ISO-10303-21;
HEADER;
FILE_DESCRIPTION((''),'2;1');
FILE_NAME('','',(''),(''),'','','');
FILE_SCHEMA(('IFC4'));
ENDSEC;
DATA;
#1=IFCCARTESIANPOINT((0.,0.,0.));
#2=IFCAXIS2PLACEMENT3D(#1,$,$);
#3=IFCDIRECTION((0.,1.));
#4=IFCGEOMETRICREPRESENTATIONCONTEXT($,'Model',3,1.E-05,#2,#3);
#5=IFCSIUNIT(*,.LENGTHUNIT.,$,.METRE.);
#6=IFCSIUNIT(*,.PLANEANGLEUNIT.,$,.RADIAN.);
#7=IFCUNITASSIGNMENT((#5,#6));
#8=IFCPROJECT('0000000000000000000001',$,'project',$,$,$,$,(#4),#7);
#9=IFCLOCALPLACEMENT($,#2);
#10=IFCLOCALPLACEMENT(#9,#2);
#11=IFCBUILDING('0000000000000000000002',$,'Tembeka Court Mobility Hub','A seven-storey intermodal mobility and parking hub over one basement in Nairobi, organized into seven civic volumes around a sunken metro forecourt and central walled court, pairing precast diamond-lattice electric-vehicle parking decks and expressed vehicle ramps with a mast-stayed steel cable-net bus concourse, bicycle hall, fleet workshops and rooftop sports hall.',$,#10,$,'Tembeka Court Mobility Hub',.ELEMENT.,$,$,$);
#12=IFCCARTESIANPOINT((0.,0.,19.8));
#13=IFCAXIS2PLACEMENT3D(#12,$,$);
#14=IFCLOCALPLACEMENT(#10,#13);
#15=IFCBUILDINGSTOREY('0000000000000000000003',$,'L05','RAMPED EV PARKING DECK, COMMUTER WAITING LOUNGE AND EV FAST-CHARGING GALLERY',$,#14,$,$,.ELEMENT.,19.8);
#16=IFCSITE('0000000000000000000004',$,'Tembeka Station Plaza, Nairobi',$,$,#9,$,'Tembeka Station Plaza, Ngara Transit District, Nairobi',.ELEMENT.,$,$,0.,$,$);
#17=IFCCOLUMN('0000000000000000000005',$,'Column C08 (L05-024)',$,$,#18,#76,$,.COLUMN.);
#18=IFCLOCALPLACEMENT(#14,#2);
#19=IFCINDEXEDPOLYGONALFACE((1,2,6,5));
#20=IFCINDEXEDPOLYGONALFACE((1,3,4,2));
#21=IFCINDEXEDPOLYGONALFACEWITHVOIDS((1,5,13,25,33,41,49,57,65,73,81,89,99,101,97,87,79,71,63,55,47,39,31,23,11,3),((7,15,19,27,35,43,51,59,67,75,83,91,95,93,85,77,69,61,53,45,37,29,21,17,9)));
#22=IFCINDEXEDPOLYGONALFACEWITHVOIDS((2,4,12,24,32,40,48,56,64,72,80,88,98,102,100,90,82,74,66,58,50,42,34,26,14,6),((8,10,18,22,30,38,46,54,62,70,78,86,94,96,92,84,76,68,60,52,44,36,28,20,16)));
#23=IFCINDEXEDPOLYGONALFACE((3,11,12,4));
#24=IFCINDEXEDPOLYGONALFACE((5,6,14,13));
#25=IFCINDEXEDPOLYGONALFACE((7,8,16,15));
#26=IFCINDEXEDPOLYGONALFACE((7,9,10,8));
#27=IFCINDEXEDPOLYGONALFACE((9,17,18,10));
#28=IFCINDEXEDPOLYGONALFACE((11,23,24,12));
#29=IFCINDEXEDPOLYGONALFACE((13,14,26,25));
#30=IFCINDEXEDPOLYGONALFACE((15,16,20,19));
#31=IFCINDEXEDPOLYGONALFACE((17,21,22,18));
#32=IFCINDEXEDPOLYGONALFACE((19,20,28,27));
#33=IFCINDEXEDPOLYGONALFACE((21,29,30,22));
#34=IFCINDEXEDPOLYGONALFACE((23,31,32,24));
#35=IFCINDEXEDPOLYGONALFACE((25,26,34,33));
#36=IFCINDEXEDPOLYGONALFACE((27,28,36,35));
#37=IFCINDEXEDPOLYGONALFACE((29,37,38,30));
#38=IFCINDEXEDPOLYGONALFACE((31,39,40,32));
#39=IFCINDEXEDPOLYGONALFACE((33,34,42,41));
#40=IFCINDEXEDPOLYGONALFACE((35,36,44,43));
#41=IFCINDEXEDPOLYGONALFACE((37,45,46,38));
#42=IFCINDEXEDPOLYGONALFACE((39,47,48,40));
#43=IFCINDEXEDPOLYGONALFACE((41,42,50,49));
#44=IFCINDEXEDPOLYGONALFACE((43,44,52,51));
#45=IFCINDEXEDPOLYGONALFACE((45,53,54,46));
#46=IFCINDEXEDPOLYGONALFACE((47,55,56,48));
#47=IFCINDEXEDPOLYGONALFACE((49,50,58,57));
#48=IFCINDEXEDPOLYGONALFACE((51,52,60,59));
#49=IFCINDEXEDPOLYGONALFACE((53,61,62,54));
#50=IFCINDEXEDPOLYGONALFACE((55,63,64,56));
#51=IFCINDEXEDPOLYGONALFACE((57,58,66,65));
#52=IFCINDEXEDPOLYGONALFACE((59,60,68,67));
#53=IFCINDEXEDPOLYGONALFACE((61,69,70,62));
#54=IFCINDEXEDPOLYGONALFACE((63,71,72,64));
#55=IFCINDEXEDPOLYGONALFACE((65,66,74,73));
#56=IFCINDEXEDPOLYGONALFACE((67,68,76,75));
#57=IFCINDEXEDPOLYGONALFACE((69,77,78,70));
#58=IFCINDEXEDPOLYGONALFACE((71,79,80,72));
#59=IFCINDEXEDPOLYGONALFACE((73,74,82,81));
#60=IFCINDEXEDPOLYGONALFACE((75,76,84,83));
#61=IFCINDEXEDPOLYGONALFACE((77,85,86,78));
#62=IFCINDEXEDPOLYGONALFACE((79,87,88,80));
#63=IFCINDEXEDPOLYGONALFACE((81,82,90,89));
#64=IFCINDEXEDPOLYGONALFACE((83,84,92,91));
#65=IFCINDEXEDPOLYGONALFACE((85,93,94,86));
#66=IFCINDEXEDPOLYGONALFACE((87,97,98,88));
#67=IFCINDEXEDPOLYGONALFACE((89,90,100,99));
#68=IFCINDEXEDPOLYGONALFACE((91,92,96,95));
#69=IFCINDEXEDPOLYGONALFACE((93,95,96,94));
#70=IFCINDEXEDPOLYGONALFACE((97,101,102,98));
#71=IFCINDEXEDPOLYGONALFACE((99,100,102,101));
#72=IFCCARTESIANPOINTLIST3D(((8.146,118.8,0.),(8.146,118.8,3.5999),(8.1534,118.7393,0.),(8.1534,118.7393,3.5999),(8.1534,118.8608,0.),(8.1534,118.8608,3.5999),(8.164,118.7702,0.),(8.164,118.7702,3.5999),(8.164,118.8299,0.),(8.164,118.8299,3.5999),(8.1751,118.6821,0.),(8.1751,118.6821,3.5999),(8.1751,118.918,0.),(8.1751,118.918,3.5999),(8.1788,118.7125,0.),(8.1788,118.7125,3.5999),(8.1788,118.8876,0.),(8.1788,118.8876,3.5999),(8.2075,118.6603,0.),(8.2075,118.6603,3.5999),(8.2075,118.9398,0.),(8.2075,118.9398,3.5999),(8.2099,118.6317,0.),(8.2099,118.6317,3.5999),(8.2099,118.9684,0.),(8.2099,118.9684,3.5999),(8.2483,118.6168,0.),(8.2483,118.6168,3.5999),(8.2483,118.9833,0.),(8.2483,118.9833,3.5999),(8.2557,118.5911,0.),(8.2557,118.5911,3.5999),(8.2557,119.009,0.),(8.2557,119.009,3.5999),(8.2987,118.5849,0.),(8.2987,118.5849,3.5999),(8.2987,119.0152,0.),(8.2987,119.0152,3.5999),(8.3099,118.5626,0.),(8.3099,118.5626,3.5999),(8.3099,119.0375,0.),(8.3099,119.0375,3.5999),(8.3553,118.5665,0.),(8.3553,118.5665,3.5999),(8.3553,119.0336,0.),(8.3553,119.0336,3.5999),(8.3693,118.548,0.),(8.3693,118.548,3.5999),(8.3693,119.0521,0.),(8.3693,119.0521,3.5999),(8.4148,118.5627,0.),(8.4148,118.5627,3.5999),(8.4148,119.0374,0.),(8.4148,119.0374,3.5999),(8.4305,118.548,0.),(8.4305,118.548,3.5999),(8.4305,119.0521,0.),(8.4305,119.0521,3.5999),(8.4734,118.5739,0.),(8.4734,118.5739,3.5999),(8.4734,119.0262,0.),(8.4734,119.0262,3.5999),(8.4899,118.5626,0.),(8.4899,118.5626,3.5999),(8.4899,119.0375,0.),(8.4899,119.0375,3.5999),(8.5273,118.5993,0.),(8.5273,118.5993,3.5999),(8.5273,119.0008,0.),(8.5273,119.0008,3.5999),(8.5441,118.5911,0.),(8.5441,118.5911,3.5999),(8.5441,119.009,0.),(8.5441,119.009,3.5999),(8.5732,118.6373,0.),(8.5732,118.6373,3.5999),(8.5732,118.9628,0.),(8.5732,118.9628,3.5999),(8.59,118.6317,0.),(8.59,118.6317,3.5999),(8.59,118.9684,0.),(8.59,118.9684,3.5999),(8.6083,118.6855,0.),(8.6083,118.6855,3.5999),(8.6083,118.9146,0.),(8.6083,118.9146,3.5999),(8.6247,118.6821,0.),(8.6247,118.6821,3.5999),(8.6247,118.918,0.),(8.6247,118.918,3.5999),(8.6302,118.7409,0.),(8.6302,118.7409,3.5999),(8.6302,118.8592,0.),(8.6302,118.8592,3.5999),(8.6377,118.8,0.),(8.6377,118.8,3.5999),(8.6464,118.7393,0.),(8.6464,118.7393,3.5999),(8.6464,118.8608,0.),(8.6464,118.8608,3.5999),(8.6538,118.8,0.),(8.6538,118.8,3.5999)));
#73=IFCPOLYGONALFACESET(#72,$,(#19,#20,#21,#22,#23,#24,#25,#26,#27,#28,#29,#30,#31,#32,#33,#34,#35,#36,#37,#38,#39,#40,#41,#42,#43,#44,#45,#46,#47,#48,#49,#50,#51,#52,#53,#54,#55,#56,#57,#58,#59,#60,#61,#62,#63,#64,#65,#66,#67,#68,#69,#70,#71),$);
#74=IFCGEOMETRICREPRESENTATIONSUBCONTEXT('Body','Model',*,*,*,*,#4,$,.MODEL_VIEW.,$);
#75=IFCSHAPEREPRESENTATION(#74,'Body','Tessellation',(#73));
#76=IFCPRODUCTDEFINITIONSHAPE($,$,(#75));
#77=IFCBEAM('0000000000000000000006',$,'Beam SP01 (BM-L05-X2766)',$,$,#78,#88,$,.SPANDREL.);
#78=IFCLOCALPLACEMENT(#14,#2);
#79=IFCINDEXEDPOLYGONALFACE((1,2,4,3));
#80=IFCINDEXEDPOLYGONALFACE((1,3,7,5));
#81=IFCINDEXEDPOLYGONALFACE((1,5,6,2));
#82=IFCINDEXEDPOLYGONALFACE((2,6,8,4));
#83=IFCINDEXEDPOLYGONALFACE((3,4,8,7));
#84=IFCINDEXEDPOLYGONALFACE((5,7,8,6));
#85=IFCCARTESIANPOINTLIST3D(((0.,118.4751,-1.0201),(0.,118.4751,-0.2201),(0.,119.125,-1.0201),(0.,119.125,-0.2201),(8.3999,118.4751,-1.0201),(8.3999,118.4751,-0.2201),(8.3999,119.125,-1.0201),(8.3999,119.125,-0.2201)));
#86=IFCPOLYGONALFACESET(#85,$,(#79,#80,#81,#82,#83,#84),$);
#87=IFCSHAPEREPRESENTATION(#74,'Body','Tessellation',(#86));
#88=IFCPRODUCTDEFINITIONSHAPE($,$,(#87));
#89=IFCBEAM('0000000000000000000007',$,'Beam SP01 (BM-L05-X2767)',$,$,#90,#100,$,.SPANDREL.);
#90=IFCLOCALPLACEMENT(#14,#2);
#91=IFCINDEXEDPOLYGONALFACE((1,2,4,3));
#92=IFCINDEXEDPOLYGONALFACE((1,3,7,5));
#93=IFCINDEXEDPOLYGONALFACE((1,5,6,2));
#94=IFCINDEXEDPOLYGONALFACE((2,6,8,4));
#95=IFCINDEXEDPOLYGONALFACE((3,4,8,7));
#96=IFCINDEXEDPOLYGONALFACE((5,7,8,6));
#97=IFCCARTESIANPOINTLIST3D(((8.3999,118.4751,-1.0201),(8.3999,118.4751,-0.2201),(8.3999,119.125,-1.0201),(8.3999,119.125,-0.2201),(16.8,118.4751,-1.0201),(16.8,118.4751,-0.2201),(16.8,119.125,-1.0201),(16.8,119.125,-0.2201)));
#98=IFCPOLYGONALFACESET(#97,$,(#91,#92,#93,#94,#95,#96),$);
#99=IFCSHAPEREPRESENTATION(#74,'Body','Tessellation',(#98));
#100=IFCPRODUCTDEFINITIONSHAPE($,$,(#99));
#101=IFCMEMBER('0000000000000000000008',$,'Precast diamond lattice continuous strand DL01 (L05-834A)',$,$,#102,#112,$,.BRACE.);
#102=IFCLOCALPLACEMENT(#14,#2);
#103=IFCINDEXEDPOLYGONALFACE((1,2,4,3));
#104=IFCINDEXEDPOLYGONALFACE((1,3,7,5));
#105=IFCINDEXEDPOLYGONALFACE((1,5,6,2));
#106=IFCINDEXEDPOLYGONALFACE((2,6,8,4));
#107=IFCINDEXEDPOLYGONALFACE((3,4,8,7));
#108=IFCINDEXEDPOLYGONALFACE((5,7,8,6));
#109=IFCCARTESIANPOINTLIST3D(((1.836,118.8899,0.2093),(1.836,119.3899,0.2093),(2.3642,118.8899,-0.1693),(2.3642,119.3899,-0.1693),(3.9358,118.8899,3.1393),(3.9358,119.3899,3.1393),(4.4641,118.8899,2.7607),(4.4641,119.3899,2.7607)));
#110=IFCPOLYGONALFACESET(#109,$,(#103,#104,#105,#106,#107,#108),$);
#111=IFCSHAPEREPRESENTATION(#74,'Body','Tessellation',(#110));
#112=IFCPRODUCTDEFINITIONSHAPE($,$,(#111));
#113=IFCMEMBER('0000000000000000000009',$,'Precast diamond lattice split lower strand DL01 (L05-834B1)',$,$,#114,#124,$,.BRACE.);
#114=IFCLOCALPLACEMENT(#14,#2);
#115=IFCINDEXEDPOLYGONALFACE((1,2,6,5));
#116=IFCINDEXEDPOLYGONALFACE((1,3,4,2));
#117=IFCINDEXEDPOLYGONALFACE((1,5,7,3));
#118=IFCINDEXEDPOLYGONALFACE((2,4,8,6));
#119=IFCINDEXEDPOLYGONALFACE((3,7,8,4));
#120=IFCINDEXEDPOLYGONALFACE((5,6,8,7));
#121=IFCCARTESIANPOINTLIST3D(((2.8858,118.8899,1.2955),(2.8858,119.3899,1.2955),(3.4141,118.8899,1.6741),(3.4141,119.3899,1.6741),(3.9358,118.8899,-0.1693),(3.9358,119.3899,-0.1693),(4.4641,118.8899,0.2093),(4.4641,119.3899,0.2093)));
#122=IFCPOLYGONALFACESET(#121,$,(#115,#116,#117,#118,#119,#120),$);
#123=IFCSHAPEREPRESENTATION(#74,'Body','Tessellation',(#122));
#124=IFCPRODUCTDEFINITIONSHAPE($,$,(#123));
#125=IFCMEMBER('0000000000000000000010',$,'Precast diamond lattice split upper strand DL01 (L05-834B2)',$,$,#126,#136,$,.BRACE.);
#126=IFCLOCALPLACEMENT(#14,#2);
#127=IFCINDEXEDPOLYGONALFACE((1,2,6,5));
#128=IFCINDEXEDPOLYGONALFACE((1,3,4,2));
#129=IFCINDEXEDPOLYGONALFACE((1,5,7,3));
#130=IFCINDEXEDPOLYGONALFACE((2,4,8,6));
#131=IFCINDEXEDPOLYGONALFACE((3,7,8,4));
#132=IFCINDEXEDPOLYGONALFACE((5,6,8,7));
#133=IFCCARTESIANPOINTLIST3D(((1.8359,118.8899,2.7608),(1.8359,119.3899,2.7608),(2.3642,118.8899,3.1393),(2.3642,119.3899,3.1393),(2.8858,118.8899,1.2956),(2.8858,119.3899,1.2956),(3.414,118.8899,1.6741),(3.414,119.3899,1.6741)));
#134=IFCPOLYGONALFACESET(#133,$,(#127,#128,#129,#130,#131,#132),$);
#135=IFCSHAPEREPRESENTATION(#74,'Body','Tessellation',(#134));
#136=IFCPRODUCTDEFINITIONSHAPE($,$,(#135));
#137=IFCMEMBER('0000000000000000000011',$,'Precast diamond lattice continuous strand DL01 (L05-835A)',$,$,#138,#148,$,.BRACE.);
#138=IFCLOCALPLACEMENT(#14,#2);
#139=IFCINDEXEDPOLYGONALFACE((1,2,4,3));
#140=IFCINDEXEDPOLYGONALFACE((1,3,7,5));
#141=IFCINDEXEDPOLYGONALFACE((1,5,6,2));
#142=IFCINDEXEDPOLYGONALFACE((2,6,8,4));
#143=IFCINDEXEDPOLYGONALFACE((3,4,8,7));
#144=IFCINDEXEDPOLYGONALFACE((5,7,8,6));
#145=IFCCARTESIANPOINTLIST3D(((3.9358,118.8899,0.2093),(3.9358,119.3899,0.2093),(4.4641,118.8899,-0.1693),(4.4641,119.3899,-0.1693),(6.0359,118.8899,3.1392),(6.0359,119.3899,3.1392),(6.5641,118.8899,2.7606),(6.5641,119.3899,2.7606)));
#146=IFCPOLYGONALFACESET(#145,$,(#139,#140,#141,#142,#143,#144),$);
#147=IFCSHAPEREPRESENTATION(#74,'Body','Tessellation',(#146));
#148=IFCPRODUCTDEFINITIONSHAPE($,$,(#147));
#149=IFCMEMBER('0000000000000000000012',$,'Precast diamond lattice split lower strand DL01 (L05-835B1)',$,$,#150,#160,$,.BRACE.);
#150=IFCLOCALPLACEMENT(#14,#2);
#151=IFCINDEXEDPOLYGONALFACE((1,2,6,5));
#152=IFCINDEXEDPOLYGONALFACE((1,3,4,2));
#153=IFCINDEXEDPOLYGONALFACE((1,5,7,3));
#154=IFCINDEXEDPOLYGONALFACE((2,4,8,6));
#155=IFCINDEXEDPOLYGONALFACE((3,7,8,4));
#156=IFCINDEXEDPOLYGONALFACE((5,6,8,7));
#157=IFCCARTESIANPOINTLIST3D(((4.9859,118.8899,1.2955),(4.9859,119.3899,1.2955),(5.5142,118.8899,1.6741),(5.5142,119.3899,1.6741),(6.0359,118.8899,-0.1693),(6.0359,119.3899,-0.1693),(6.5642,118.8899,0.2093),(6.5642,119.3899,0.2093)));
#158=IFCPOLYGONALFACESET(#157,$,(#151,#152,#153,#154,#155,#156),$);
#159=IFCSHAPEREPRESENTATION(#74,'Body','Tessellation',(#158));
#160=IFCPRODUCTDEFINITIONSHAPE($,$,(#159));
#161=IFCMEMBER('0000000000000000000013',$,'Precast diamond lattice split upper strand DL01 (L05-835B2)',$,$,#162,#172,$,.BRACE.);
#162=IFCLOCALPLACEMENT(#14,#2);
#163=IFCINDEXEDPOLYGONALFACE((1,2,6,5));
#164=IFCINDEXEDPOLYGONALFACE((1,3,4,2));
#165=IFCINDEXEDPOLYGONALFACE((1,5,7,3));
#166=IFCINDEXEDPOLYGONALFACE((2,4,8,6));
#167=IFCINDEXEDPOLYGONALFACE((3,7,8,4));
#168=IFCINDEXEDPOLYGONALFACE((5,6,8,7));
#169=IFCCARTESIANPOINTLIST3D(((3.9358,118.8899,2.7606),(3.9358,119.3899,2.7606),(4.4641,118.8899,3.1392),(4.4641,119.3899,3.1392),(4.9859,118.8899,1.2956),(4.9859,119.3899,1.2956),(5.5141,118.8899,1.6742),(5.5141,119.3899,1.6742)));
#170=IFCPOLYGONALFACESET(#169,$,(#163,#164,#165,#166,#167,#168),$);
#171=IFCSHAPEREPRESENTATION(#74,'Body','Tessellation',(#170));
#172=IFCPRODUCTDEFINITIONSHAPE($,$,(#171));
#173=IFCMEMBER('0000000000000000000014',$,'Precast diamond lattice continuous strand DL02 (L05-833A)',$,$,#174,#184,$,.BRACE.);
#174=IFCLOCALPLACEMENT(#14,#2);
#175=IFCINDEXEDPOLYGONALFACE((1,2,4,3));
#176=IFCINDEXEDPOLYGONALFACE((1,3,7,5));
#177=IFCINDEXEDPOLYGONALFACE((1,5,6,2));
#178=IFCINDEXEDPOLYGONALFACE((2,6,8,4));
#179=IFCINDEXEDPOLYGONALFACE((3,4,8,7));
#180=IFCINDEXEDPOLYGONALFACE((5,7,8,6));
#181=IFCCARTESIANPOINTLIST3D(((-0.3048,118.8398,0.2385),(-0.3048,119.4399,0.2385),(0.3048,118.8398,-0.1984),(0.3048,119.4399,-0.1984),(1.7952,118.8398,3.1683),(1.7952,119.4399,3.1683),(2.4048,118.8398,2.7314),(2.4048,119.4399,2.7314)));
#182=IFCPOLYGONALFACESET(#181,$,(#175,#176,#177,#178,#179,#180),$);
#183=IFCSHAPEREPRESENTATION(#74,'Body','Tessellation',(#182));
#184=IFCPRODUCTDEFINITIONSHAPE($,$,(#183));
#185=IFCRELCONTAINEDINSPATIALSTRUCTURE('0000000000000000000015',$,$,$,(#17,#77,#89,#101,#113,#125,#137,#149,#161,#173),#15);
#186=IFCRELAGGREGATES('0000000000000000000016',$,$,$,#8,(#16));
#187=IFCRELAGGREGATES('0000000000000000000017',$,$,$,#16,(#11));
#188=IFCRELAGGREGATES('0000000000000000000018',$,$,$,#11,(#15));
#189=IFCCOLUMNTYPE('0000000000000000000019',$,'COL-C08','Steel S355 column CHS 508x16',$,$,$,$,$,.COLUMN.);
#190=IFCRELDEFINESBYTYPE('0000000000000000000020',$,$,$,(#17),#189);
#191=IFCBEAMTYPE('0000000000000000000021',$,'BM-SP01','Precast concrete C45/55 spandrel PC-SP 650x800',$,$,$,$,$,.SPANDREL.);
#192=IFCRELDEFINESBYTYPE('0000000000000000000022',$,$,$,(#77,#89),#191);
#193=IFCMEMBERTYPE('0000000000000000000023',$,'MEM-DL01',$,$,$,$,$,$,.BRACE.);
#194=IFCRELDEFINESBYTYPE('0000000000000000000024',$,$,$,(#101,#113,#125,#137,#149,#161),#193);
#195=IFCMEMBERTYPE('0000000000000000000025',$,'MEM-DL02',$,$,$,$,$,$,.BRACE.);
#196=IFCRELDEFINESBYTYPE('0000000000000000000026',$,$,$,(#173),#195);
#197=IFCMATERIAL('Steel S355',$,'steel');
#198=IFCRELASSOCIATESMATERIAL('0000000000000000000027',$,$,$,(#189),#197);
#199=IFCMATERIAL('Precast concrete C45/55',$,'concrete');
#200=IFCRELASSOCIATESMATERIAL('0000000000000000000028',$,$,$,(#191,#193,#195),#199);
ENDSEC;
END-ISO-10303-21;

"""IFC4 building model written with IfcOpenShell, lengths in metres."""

from ifc_helpers import new_model, si_unit, direction, frame, origin, origin_2d, place, context, subcontext, project, spatial, rectangle, hollow_circle, extrude, material, material_profile, profile_set, type_object, element, save


model = new_model("IFC4")

# Units and contexts
model_context = context("Model", 3, precision=1e-05, world=origin(), true_north=direction((0.0, 1.0)))
body_context = subcontext(model_context, "Body", "Model", "MODEL_VIEW")
ifc_project = project(units=[si_unit("LENGTHUNIT", "METRE"), si_unit("PLANEANGLEUNIT", "RADIAN")], contexts=[model_context])

# Site, building, storey
site_placement = place(None, origin())
site = spatial("IfcSite", under=ifc_project, at=site_placement, Name="Tembeka Station Plaza, Nairobi", LongName="Tembeka Station Plaza, Ngara Transit District, Nairobi", CompositionType="ELEMENT", RefElevation=0.0)
building_placement = place(site_placement, origin())
building = spatial("IfcBuilding", under=site, at=building_placement, Name="Tembeka Court Mobility Hub", Description="A seven-storey intermodal mobility and parking hub over one basement in Nairobi, organized into seven civic volumes around a sunken metro forecourt and central walled court, pairing precast diamond-lattice electric-vehicle parking decks and expressed vehicle ramps with a mast-stayed steel cable-net bus concourse, bicycle hall, fleet workshops and rooftop sports hall.", LongName="Tembeka Court Mobility Hub", CompositionType="ELEMENT")
storey_placement = place(building_placement, frame((0.0, 0.0, 19.8)))
storey = spatial("IfcBuildingStorey", under=building, at=storey_placement, Name="L05", Description="RAMPED EV PARKING DECK, COMMUTER WAITING LOUNGE AND EV FAST-CHARGING GALLERY", CompositionType="ELEMENT", Elevation=19.8)

# Column
ifc_material_1 = material(Name="Steel S355", Category="steel")
ifc_material_profile_1 = material_profile(ifc_material_1, hollow_circle(Radius=0.2539, WallThickness=0.0161, at=origin_2d()), Name="CHS 508x16")
ifc_profile_set_1 = profile_set([ifc_material_profile_1], Name="Steel S355")
column_type = type_object("IfcColumnType", Name="COL-C08", Description="Steel S355 column CHS 508x16", PredefinedType="COLUMN", material=ifc_profile_set_1)
column_placement = place(storey_placement, frame((8.3999, 118.8, 0.0), z_axis=(0.0, 0.0, 1.0), x_axis=(1.0, 0.0, 0.0)))
element("IfcColumn", 1, at=column_placement, inside=storey, type_object=column_type, Name="Column C08 (L05-024)", PredefinedType="COLUMN", context=body_context, shape_type="SweptSolid", body=[
    extrude(hollow_circle(Radius=0.2539, WallThickness=0.0161, at=origin_2d()), origin(), (0.0, 0.0, 1.0), 3.5999),
])

# Beams
ifc_material_2 = material(Name="Precast concrete C45/55", Category="concrete")
ifc_material_profile_2 = material_profile(ifc_material_2, rectangle(XDim=0.6499, YDim=0.8, at=origin_2d()), Name="PC-SP 650x800")
ifc_profile_set_2 = profile_set([ifc_material_profile_2], Name="Precast concrete C45/55")
beam_type = type_object("IfcBeamType", Name="BM-SP01", Description="Precast concrete C45/55 spandrel PC-SP 650x800", PredefinedType="SPANDREL", material=ifc_profile_set_2)
beam_1_placement = place(storey_placement, frame((0.0, 118.8, -0.6201), z_axis=(1.0, 0.0, 0.0), x_axis=(0.0, 1.0, 0.0)))
element("IfcBeam", 2, at=beam_1_placement, inside=storey, type_object=beam_type, Name="Beam SP01 (BM-L05-X2766)", PredefinedType="SPANDREL", context=body_context, shape_type="SweptSolid", body=[
    extrude(rectangle(XDim=0.6499, YDim=0.8, at=origin_2d()), origin(), (0.0, 0.0, 1.0), 8.3999),
])
beam_2_placement = place(storey_placement, frame((8.3999, 118.8, -0.6201), z_axis=(1.0, 0.0, 0.0), x_axis=(0.0, 1.0, 0.0)))
element("IfcBeam", 3, at=beam_2_placement, inside=storey, type_object=beam_type, Name="Beam SP01 (BM-L05-X2767)", PredefinedType="SPANDREL", context=body_context, shape_type="SweptSolid", body=[
    extrude(rectangle(XDim=0.6499, YDim=0.8, at=origin_2d()), origin(), (0.0, 0.0, 1.0), 8.4001),
])

# Members
ifc_material_profile_3 = material_profile(ifc_material_2, rectangle(XDim=0.5, YDim=0.6499, at=origin_2d()), Name="PC-DIAG 500x650")
ifc_profile_set_3 = profile_set([ifc_material_profile_3], Name="Precast concrete C45/55")
member_type_1 = type_object("IfcMemberType", Name="MEM-DL01", PredefinedType="BRACE", material=ifc_profile_set_3)
member_1_placement = place(storey_placement, frame((2.1001, 119.1399, 0.02), z_axis=(0.582532, 0.0, 0.812808), x_axis=(0.0, 1.0, 0.0)))
element("IfcMember", 4, at=member_1_placement, inside=storey, type_object=member_type_1, Name="Precast diamond lattice continuous strand DL01 (L05-834A)", PredefinedType="BRACE", context=body_context, shape_type="SweptSolid", body=[
    extrude(rectangle(XDim=0.5, YDim=0.6499, at=origin_2d()), origin(), (0.0, 0.0, 1.0), 3.6047),
])
member_2_placement = place(storey_placement, frame((4.2, 119.1399, 0.02), z_axis=(-0.582608, 0.0, 0.812753), x_axis=(0.0, -1.0, 0.0)))
element("IfcMember", 5, at=member_2_placement, inside=storey, type_object=member_type_1, Name="Precast diamond lattice split lower strand DL01 (L05-834B1)", PredefinedType="BRACE", context=body_context, shape_type="SweptSolid", body=[
    extrude(rectangle(XDim=0.5, YDim=0.6499, at=origin_2d()), origin(), (0.0, 0.0, 1.0), 1.8022),
])
member_3_placement = place(storey_placement, frame((3.1499, 119.1399, 1.4849), z_axis=(-0.582455, 0.0, 0.812863), x_axis=(0.0, -1.0, 0.0)))
element("IfcMember", 6, at=member_3_placement, inside=storey, type_object=member_type_1, Name="Precast diamond lattice split upper strand DL01 (L05-834B2)", PredefinedType="BRACE", context=body_context, shape_type="SweptSolid", body=[
    extrude(rectangle(XDim=0.5, YDim=0.6499, at=origin_2d()), origin(), (0.0, 0.0, 1.0), 1.8025),
])
member_4_placement = place(storey_placement, frame((4.2, 119.1399, 0.02), z_axis=(0.582576, 0.0, 0.812776), x_axis=(0.0, 1.0, 0.0)))
element("IfcMember", 7, at=member_4_placement, inside=storey, type_object=member_type_1, Name="Precast diamond lattice continuous strand DL01 (L05-835A)", PredefinedType="BRACE", context=body_context, shape_type="SweptSolid", body=[
    extrude(rectangle(XDim=0.5, YDim=0.6499, at=origin_2d()), origin(), (0.0, 0.0, 1.0), 3.6047),
])
member_5_placement = place(storey_placement, frame((6.3, 119.1399, 0.02), z_axis=(-0.582608, 0.0, 0.812753), x_axis=(0.0, -1.0, 0.0)))
element("IfcMember", 8, at=member_5_placement, inside=storey, type_object=member_type_1, Name="Precast diamond lattice split lower strand DL01 (L05-835B1)", PredefinedType="BRACE", context=body_context, shape_type="SweptSolid", body=[
    extrude(rectangle(XDim=0.5, YDim=0.6499, at=origin_2d()), origin(), (0.0, 0.0, 1.0), 1.8022),
])
member_6_placement = place(storey_placement, frame((5.25, 119.1399, 1.4849), z_axis=(-0.582544, 0.0, 0.812799), x_axis=(0.0, -1.0, 0.0)))
element("IfcMember", 9, at=member_6_placement, inside=storey, type_object=member_type_1, Name="Precast diamond lattice split upper strand DL01 (L05-835B2)", PredefinedType="BRACE", context=body_context, shape_type="SweptSolid", body=[
    extrude(rectangle(XDim=0.5, YDim=0.6499, at=origin_2d()), origin(), (0.0, 0.0, 1.0), 1.8025),
])
ifc_material_profile_4 = material_profile(ifc_material_2, rectangle(XDim=0.6001, YDim=0.75, at=origin_2d()), Name="PC-DIAG 600x750")
ifc_profile_set_4 = profile_set([ifc_material_profile_4], Name="Precast concrete C45/55")
member_type_2 = type_object("IfcMemberType", Name="MEM-DL02", PredefinedType="BRACE", material=ifc_profile_set_4)
member_7_placement = place(storey_placement, frame((0.0, 119.1399, 0.02), z_axis=(0.582576, 0.0, 0.812776), x_axis=(0.0, 1.0, 0.0)))
element("IfcMember", 10, at=member_7_placement, inside=storey, type_object=member_type_2, Name="Precast diamond lattice continuous strand DL02 (L05-833A)", PredefinedType="BRACE", context=body_context, shape_type="SweptSolid", body=[
    extrude(rectangle(XDim=0.6001, YDim=0.75, at=origin_2d()), origin(), (0.0, 0.0, 1.0), 3.6047),
])

save(model, "model.ifc")
